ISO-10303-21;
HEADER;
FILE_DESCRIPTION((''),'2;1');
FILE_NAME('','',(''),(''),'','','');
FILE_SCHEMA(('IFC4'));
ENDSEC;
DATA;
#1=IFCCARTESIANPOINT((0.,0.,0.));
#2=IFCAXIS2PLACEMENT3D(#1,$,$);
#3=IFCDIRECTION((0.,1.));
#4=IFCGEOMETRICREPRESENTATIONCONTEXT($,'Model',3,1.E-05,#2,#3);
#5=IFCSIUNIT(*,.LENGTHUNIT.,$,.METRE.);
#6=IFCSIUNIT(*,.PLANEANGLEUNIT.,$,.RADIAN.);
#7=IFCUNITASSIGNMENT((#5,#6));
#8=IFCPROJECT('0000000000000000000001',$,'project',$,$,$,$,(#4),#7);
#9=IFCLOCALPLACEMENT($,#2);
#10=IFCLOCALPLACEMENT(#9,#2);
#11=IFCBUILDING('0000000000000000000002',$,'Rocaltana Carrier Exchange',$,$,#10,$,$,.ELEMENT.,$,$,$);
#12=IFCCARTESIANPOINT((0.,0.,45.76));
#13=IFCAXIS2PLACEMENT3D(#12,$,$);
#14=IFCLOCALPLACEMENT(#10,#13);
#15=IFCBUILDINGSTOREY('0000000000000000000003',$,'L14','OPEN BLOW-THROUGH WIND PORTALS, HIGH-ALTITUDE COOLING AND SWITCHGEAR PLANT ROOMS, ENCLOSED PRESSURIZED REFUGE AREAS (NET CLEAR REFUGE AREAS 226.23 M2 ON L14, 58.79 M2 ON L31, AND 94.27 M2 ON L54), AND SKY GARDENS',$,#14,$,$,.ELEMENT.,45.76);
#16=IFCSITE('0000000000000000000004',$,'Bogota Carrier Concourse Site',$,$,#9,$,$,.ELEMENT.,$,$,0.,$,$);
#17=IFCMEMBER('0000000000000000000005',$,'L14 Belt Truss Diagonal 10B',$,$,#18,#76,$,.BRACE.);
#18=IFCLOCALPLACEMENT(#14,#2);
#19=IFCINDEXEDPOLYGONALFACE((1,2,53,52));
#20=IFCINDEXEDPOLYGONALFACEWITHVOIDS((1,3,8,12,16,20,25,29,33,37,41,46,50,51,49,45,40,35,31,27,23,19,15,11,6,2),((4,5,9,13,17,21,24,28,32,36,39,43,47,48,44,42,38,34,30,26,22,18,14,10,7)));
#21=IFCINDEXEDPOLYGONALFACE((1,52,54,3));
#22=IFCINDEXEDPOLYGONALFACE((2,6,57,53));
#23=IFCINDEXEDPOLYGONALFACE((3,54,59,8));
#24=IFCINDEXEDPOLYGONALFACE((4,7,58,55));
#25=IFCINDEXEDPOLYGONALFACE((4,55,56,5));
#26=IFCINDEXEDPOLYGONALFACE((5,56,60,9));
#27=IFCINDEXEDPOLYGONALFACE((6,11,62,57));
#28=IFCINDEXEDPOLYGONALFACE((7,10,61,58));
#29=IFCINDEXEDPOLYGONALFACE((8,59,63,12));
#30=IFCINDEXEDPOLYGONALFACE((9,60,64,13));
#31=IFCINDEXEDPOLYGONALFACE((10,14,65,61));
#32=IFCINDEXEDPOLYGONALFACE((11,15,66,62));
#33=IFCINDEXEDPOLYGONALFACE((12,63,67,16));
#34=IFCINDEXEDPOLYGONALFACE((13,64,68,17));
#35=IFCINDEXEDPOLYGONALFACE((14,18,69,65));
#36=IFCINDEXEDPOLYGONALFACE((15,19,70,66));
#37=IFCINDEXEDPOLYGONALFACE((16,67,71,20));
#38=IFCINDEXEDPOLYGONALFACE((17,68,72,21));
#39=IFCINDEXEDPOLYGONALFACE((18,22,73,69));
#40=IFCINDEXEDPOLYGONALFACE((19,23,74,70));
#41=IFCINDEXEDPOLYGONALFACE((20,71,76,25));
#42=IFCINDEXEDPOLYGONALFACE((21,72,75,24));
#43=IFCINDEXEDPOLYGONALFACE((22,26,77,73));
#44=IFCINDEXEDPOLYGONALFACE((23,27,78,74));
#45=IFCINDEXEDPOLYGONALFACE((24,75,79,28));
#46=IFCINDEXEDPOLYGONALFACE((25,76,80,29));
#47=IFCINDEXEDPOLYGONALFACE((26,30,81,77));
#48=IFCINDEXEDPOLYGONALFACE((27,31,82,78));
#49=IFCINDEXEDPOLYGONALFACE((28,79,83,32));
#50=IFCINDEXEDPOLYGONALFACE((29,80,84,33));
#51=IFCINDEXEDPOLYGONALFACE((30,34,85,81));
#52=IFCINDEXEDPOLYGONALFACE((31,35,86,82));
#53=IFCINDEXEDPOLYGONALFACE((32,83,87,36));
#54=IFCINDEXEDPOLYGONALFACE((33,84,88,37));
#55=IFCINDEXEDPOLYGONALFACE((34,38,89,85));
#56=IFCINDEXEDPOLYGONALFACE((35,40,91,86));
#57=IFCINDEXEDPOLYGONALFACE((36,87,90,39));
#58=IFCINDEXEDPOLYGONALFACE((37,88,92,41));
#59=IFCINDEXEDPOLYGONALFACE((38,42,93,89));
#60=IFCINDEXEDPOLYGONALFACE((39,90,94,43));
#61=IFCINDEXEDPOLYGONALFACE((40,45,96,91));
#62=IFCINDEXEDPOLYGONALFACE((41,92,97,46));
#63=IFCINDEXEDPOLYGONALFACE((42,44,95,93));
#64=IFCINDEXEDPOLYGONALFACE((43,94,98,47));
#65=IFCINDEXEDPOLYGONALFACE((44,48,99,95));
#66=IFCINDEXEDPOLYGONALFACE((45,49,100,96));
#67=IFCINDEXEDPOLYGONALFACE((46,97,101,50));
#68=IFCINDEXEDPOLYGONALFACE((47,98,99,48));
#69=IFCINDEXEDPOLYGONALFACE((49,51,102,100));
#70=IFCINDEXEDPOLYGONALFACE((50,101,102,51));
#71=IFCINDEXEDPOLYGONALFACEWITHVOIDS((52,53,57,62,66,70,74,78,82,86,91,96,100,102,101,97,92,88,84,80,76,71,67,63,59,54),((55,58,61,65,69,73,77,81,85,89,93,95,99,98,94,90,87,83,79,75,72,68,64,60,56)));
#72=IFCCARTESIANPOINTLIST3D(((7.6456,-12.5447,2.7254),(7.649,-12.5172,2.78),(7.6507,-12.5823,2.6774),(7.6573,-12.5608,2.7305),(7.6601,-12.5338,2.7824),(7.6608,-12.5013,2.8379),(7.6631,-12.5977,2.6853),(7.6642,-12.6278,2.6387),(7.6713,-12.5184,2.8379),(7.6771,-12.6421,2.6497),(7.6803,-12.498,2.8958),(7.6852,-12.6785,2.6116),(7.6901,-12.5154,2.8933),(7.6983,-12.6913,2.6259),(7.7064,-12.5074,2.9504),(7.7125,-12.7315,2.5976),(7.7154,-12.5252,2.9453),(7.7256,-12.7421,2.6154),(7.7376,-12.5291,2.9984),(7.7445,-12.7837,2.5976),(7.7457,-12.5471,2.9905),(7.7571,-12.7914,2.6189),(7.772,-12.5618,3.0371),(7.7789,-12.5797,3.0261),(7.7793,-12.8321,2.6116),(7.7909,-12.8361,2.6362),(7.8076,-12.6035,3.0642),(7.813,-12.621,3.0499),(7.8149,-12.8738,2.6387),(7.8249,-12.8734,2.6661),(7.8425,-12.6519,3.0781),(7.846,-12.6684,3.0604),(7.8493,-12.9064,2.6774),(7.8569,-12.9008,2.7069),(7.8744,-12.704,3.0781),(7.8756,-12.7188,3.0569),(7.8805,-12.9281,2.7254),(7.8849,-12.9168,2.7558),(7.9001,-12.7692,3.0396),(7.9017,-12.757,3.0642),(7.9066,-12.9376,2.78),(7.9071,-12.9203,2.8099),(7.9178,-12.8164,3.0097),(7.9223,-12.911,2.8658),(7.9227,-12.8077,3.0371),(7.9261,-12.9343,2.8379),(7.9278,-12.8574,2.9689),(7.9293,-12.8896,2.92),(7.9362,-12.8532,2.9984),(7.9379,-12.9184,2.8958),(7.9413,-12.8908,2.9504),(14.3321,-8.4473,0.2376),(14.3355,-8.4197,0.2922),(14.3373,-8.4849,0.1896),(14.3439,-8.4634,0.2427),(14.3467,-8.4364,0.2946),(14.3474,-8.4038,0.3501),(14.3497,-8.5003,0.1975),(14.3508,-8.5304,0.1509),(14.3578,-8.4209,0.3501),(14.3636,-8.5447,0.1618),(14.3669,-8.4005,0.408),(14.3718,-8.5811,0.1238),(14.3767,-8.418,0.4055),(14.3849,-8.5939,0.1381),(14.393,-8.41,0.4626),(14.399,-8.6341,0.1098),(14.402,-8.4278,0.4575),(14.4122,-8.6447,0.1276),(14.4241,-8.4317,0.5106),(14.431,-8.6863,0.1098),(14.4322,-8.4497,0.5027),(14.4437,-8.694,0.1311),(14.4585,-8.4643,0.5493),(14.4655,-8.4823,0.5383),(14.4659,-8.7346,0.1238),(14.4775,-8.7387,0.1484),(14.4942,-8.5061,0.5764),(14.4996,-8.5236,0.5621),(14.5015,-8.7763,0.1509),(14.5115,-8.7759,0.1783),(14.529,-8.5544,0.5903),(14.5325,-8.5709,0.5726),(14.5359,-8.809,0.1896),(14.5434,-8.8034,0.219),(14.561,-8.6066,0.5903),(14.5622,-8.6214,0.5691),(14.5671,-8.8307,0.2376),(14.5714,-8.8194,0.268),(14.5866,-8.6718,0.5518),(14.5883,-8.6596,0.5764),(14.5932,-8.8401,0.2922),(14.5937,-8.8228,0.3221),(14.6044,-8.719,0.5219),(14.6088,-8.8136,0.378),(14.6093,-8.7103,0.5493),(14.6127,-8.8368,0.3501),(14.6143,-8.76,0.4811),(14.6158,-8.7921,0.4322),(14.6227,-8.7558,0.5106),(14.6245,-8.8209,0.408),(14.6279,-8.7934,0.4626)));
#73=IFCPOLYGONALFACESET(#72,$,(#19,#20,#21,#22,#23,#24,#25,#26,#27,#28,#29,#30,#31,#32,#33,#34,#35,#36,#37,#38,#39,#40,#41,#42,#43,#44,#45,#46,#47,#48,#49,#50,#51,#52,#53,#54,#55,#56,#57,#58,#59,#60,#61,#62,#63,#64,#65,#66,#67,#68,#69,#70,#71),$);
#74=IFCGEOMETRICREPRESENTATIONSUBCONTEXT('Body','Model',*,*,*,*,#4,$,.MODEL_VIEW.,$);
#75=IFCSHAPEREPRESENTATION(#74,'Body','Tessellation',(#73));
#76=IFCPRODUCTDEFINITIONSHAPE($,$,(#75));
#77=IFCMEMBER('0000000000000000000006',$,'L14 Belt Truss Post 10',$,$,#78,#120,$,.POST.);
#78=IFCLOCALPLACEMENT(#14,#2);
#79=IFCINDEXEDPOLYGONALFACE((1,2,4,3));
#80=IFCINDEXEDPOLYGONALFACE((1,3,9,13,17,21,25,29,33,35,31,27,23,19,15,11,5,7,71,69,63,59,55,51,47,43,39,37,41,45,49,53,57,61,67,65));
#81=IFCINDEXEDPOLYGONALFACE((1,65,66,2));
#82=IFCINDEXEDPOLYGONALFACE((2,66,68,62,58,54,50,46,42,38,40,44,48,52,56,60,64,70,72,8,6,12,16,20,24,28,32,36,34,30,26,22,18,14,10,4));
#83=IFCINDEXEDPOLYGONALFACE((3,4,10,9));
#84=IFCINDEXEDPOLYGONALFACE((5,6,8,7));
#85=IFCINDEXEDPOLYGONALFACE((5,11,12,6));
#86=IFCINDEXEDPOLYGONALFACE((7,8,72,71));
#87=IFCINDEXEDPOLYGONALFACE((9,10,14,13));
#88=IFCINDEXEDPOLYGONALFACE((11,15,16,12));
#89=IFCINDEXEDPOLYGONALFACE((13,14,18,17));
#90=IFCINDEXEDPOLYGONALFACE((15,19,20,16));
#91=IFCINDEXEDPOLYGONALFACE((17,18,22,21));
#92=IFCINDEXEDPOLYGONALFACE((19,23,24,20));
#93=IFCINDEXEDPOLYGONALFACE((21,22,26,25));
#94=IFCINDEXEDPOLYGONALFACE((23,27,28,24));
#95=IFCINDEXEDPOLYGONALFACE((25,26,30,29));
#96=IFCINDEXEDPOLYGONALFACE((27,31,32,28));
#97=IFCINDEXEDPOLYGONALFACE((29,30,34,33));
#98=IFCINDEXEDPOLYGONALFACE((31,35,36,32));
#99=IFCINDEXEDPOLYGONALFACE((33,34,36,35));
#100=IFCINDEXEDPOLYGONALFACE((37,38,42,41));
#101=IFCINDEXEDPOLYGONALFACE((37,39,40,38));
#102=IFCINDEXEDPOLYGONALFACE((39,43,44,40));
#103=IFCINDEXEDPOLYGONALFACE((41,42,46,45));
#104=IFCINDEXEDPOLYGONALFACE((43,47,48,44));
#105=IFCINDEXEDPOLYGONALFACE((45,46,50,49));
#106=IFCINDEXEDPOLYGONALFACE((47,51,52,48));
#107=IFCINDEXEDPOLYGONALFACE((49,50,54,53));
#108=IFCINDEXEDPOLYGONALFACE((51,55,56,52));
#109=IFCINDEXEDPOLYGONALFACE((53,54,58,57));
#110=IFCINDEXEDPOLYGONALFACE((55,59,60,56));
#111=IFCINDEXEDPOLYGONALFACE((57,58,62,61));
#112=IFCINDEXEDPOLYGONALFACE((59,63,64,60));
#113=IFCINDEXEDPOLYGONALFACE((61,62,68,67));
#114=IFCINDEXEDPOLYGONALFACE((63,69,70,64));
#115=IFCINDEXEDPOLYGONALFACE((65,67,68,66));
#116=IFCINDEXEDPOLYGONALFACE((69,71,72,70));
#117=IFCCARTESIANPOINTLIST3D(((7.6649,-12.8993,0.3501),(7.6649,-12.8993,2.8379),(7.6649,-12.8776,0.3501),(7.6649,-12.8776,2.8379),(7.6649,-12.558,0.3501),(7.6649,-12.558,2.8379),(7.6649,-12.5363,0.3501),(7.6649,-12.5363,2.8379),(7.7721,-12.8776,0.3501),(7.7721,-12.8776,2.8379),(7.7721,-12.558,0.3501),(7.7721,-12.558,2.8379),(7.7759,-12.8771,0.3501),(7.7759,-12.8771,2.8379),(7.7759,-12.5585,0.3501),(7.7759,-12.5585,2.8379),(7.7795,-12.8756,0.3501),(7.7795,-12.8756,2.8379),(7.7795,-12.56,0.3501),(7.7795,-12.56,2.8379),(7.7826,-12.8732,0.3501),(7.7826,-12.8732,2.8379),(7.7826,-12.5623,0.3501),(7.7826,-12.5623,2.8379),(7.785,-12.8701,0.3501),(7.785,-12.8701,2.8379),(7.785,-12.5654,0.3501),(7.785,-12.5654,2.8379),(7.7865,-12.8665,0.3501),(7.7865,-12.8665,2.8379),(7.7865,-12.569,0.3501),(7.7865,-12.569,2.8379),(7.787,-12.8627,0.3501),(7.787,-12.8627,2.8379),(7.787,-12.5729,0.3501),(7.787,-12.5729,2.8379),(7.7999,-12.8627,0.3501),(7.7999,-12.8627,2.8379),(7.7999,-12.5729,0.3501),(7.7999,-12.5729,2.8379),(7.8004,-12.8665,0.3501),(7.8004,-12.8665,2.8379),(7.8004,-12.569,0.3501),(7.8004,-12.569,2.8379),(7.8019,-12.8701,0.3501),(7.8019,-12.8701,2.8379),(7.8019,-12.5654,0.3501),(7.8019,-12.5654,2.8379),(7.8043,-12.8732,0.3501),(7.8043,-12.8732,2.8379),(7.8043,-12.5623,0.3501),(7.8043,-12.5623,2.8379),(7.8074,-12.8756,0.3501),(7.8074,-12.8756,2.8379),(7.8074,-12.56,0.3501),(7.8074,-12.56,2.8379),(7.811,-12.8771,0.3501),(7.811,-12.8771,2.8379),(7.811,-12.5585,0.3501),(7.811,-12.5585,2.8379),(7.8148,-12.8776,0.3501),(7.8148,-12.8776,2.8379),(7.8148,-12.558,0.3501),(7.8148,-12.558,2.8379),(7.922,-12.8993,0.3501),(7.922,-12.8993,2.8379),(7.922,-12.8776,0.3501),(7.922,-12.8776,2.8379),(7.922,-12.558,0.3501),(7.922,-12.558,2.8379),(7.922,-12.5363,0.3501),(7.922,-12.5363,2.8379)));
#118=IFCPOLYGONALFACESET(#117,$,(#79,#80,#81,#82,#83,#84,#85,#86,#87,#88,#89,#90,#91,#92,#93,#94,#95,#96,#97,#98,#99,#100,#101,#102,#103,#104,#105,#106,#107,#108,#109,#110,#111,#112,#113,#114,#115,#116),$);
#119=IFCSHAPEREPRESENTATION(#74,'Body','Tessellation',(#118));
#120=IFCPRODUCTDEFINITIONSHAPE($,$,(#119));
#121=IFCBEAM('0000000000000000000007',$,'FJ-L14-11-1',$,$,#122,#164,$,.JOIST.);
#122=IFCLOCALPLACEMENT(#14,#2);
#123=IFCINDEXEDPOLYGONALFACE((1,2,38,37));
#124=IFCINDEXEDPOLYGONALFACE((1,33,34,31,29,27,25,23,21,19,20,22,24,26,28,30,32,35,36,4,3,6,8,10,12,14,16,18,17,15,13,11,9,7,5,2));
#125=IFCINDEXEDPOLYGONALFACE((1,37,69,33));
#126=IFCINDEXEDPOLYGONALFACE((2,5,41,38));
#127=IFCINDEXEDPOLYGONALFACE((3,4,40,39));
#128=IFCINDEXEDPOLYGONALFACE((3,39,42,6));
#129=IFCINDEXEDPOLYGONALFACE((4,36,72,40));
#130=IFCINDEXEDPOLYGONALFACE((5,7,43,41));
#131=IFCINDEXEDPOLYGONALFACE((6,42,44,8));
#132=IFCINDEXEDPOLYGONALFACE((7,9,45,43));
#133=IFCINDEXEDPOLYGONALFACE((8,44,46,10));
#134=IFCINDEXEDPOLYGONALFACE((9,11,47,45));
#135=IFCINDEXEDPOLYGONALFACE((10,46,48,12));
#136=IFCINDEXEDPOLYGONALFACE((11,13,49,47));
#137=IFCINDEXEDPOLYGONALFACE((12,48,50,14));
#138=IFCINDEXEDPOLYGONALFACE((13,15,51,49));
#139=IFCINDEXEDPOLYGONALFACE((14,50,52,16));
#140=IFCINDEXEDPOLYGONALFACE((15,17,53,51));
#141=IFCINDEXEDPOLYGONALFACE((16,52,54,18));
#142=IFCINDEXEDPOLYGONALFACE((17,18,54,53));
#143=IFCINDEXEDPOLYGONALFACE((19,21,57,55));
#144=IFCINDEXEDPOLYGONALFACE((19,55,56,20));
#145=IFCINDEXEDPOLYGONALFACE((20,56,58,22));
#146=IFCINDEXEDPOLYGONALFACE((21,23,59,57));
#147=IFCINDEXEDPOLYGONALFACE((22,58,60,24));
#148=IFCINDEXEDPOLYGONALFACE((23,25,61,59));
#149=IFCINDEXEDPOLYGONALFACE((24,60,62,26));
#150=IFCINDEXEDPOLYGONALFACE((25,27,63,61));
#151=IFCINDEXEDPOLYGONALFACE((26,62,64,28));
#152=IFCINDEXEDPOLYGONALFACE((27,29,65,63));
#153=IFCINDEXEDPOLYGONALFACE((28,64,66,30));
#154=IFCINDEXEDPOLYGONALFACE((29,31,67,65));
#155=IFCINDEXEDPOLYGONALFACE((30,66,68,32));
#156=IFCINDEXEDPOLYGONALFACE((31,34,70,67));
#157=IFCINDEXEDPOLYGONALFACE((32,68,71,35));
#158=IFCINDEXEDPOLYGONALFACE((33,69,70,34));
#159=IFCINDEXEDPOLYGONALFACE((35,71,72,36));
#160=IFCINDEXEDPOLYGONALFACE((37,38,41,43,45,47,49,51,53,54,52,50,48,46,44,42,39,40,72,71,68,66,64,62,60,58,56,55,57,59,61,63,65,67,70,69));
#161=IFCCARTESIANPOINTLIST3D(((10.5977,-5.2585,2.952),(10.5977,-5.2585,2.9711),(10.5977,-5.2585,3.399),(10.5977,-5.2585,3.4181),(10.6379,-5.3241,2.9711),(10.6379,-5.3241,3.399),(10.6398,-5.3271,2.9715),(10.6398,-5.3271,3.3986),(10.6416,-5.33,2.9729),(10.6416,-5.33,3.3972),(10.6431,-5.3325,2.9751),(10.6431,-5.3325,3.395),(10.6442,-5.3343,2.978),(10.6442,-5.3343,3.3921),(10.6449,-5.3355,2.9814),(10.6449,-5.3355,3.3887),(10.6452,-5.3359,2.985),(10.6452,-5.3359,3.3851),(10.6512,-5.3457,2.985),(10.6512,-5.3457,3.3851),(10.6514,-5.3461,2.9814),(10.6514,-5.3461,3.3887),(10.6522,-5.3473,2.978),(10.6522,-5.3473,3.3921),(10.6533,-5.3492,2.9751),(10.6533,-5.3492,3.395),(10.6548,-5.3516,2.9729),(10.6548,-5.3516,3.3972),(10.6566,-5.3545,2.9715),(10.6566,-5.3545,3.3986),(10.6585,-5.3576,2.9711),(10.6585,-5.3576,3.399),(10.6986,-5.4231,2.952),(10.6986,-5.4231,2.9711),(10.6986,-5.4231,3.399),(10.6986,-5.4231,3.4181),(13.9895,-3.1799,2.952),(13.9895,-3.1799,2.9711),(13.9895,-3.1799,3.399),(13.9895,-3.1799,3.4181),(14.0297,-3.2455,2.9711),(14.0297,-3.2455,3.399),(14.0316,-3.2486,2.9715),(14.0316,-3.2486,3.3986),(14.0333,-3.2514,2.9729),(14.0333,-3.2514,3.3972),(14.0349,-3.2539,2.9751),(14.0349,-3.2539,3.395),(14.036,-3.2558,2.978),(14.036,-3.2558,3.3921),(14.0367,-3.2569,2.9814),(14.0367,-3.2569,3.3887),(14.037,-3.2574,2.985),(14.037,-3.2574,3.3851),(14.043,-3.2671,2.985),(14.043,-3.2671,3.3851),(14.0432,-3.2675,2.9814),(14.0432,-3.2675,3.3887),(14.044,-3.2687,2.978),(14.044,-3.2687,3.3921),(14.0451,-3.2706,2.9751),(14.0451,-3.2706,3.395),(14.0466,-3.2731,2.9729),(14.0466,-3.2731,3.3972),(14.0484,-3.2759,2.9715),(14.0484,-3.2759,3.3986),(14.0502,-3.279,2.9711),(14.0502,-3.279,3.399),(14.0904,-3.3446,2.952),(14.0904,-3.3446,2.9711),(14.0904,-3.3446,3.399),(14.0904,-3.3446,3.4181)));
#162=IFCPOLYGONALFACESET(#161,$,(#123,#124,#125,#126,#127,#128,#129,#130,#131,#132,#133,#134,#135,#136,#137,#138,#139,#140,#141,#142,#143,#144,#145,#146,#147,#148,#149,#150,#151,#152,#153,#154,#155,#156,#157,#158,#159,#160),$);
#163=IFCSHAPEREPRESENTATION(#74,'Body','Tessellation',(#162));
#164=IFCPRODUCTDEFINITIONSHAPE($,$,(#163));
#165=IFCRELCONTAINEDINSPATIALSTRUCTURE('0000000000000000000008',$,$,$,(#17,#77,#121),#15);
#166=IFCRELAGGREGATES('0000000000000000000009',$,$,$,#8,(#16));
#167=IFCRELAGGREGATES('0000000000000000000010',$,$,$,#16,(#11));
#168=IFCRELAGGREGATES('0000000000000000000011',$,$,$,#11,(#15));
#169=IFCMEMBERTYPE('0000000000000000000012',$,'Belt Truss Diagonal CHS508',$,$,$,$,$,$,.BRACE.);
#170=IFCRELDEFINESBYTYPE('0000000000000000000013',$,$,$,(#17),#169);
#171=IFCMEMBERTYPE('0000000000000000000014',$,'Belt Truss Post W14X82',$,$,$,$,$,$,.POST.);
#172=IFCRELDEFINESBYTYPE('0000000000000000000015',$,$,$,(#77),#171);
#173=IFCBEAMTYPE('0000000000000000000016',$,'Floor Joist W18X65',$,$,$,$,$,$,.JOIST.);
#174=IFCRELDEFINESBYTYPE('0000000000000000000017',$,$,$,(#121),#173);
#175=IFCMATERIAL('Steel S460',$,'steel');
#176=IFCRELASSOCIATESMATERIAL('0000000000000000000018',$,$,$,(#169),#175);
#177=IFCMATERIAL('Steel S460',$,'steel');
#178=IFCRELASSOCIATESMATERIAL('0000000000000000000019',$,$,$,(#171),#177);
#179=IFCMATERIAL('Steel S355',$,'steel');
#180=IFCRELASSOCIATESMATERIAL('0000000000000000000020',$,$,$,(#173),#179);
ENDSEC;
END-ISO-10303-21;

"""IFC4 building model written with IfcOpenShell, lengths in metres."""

from ifc_helpers import new_model, si_unit, direction, frame, origin, origin_2d, place, context, subcontext, project, spatial, hollow_circle, i_section, extrude, material, material_profile, profile_set, type_object, element, save


model = new_model("IFC4")

# Units and contexts
model_context = context("Model", 3, precision=1e-05, world=origin(), true_north=direction((0.0, 1.0)))
body_context = subcontext(model_context, "Body", "Model", "MODEL_VIEW")
ifc_project = project(units=[si_unit("LENGTHUNIT", "METRE"), si_unit("PLANEANGLEUNIT", "RADIAN")], contexts=[model_context])

# Site, building, storey
site_placement = place(None, origin())
site = spatial("IfcSite", under=ifc_project, at=site_placement, Name="Bogota Carrier Concourse Site", CompositionType="ELEMENT", RefElevation=0.0)
building_placement = place(site_placement, origin())
building = spatial("IfcBuilding", under=site, at=building_placement, Name="Rocaltana Carrier Exchange", CompositionType="ELEMENT")
storey_placement = place(building_placement, frame((0.0, 0.0, 45.76)))
storey = spatial("IfcBuildingStorey", under=building, at=storey_placement, Name="L14", Description="OPEN BLOW-THROUGH WIND PORTALS, HIGH-ALTITUDE COOLING AND SWITCHGEAR PLANT ROOMS, ENCLOSED PRESSURIZED REFUGE AREAS (NET CLEAR REFUGE AREAS 226.23 M2 ON L14, 58.79 M2 ON L31, AND 94.27 M2 ON L54), AND SKY GARDENS", CompositionType="ELEMENT", Elevation=45.76)

# Members
ifc_material_1 = material(Name="Steel S460", Category="steel")
ifc_material_profile_1 = material_profile(ifc_material_1, hollow_circle(Radius=0.2539, WallThickness=0.02, at=origin_2d()), Name="CHS508X20")
ifc_profile_set_1 = profile_set([ifc_material_profile_1], Name="Steel S460")
member_type_1 = type_object("IfcMemberType", Name="Belt Truss Diagonal CHS508", PredefinedType="BRACE", material=ifc_profile_set_1)
member_1_placement = place(storey_placement, frame((7.7935, -12.7178, 2.8379), z_axis=(0.81273, 0.49803, -0.302385), x_axis=(-0.52249, 0.852646, 0.0)))
element("IfcMember", 1, at=member_1_placement, inside=storey, type_object=member_type_1, Name="L14 Belt Truss Diagonal 10B", PredefinedType="BRACE", context=body_context, shape_type="SweptSolid", body=[
    extrude(hollow_circle(Radius=0.2539, WallThickness=0.02, at=origin_2d()), origin(), (0.0, 0.0, 1.0), 8.2273),
])
ifc_material_2 = material(Name="Steel S460", Category="steel")
ifc_material_profile_2 = material_profile(ifc_material_2, i_section(OverallWidth=0.2571, OverallDepth=0.363, WebThickness=0.0129, FlangeThickness=0.0217, FilletRadius=0.0149, at=origin_2d()), Name="W14X82")
ifc_profile_set_2 = profile_set([ifc_material_profile_2], Name="Steel S460")
member_type_2 = type_object("IfcMemberType", Name="Belt Truss Post W14X82", PredefinedType="POST", material=ifc_profile_set_2)
member_2_placement = place(storey_placement, frame((7.7935, -12.7178, 0.3501), z_axis=(0.0, 0.0, 1.0), x_axis=(1.0, 0.0, 0.0)))
element("IfcMember", 2, at=member_2_placement, inside=storey, type_object=member_type_2, Name="L14 Belt Truss Post 10", PredefinedType="POST", context=body_context, shape_type="SweptSolid", body=[
    extrude(i_section(OverallWidth=0.2571, OverallDepth=0.363, WebThickness=0.0129, FlangeThickness=0.0217, FilletRadius=0.0149, at=origin_2d()), origin(), (0.0, 0.0, 1.0), 2.4878),
])

# Beam
ifc_material_3 = material(Name="Steel S355", Category="steel")
ifc_material_profile_3 = material_profile(ifc_material_3, i_section(OverallWidth=0.1931, OverallDepth=0.4661, WebThickness=0.0115, FlangeThickness=0.019, FilletRadius=0.0139, at=origin_2d()), Name="W18X65")
ifc_profile_set_3 = profile_set([ifc_material_profile_3], Name="Steel S355")
beam_type_1 = type_object("IfcBeamType", Name="Floor Joist W18X65", PredefinedType="JOIST", material=ifc_profile_set_3)
beam_1_placement = place(storey_placement, frame((10.6482, -5.3408, 3.1851), z_axis=(0.85263, 0.522515, 0.0), x_axis=(-0.522515, 0.85263, 0.0)))
element("IfcBeam", 3, at=beam_1_placement, inside=storey, type_object=beam_type_1, Name="FJ-L14-11-1", PredefinedType="JOIST", context=body_context, shape_type="SweptSolid", body=[
    extrude(i_section(OverallWidth=0.1931, OverallDepth=0.4661, WebThickness=0.0115, FlangeThickness=0.019, FilletRadius=0.0139, at=origin_2d()), origin(), (0.0, 0.0, 1.0), 3.978),
])

save(model, "model.ifc")
